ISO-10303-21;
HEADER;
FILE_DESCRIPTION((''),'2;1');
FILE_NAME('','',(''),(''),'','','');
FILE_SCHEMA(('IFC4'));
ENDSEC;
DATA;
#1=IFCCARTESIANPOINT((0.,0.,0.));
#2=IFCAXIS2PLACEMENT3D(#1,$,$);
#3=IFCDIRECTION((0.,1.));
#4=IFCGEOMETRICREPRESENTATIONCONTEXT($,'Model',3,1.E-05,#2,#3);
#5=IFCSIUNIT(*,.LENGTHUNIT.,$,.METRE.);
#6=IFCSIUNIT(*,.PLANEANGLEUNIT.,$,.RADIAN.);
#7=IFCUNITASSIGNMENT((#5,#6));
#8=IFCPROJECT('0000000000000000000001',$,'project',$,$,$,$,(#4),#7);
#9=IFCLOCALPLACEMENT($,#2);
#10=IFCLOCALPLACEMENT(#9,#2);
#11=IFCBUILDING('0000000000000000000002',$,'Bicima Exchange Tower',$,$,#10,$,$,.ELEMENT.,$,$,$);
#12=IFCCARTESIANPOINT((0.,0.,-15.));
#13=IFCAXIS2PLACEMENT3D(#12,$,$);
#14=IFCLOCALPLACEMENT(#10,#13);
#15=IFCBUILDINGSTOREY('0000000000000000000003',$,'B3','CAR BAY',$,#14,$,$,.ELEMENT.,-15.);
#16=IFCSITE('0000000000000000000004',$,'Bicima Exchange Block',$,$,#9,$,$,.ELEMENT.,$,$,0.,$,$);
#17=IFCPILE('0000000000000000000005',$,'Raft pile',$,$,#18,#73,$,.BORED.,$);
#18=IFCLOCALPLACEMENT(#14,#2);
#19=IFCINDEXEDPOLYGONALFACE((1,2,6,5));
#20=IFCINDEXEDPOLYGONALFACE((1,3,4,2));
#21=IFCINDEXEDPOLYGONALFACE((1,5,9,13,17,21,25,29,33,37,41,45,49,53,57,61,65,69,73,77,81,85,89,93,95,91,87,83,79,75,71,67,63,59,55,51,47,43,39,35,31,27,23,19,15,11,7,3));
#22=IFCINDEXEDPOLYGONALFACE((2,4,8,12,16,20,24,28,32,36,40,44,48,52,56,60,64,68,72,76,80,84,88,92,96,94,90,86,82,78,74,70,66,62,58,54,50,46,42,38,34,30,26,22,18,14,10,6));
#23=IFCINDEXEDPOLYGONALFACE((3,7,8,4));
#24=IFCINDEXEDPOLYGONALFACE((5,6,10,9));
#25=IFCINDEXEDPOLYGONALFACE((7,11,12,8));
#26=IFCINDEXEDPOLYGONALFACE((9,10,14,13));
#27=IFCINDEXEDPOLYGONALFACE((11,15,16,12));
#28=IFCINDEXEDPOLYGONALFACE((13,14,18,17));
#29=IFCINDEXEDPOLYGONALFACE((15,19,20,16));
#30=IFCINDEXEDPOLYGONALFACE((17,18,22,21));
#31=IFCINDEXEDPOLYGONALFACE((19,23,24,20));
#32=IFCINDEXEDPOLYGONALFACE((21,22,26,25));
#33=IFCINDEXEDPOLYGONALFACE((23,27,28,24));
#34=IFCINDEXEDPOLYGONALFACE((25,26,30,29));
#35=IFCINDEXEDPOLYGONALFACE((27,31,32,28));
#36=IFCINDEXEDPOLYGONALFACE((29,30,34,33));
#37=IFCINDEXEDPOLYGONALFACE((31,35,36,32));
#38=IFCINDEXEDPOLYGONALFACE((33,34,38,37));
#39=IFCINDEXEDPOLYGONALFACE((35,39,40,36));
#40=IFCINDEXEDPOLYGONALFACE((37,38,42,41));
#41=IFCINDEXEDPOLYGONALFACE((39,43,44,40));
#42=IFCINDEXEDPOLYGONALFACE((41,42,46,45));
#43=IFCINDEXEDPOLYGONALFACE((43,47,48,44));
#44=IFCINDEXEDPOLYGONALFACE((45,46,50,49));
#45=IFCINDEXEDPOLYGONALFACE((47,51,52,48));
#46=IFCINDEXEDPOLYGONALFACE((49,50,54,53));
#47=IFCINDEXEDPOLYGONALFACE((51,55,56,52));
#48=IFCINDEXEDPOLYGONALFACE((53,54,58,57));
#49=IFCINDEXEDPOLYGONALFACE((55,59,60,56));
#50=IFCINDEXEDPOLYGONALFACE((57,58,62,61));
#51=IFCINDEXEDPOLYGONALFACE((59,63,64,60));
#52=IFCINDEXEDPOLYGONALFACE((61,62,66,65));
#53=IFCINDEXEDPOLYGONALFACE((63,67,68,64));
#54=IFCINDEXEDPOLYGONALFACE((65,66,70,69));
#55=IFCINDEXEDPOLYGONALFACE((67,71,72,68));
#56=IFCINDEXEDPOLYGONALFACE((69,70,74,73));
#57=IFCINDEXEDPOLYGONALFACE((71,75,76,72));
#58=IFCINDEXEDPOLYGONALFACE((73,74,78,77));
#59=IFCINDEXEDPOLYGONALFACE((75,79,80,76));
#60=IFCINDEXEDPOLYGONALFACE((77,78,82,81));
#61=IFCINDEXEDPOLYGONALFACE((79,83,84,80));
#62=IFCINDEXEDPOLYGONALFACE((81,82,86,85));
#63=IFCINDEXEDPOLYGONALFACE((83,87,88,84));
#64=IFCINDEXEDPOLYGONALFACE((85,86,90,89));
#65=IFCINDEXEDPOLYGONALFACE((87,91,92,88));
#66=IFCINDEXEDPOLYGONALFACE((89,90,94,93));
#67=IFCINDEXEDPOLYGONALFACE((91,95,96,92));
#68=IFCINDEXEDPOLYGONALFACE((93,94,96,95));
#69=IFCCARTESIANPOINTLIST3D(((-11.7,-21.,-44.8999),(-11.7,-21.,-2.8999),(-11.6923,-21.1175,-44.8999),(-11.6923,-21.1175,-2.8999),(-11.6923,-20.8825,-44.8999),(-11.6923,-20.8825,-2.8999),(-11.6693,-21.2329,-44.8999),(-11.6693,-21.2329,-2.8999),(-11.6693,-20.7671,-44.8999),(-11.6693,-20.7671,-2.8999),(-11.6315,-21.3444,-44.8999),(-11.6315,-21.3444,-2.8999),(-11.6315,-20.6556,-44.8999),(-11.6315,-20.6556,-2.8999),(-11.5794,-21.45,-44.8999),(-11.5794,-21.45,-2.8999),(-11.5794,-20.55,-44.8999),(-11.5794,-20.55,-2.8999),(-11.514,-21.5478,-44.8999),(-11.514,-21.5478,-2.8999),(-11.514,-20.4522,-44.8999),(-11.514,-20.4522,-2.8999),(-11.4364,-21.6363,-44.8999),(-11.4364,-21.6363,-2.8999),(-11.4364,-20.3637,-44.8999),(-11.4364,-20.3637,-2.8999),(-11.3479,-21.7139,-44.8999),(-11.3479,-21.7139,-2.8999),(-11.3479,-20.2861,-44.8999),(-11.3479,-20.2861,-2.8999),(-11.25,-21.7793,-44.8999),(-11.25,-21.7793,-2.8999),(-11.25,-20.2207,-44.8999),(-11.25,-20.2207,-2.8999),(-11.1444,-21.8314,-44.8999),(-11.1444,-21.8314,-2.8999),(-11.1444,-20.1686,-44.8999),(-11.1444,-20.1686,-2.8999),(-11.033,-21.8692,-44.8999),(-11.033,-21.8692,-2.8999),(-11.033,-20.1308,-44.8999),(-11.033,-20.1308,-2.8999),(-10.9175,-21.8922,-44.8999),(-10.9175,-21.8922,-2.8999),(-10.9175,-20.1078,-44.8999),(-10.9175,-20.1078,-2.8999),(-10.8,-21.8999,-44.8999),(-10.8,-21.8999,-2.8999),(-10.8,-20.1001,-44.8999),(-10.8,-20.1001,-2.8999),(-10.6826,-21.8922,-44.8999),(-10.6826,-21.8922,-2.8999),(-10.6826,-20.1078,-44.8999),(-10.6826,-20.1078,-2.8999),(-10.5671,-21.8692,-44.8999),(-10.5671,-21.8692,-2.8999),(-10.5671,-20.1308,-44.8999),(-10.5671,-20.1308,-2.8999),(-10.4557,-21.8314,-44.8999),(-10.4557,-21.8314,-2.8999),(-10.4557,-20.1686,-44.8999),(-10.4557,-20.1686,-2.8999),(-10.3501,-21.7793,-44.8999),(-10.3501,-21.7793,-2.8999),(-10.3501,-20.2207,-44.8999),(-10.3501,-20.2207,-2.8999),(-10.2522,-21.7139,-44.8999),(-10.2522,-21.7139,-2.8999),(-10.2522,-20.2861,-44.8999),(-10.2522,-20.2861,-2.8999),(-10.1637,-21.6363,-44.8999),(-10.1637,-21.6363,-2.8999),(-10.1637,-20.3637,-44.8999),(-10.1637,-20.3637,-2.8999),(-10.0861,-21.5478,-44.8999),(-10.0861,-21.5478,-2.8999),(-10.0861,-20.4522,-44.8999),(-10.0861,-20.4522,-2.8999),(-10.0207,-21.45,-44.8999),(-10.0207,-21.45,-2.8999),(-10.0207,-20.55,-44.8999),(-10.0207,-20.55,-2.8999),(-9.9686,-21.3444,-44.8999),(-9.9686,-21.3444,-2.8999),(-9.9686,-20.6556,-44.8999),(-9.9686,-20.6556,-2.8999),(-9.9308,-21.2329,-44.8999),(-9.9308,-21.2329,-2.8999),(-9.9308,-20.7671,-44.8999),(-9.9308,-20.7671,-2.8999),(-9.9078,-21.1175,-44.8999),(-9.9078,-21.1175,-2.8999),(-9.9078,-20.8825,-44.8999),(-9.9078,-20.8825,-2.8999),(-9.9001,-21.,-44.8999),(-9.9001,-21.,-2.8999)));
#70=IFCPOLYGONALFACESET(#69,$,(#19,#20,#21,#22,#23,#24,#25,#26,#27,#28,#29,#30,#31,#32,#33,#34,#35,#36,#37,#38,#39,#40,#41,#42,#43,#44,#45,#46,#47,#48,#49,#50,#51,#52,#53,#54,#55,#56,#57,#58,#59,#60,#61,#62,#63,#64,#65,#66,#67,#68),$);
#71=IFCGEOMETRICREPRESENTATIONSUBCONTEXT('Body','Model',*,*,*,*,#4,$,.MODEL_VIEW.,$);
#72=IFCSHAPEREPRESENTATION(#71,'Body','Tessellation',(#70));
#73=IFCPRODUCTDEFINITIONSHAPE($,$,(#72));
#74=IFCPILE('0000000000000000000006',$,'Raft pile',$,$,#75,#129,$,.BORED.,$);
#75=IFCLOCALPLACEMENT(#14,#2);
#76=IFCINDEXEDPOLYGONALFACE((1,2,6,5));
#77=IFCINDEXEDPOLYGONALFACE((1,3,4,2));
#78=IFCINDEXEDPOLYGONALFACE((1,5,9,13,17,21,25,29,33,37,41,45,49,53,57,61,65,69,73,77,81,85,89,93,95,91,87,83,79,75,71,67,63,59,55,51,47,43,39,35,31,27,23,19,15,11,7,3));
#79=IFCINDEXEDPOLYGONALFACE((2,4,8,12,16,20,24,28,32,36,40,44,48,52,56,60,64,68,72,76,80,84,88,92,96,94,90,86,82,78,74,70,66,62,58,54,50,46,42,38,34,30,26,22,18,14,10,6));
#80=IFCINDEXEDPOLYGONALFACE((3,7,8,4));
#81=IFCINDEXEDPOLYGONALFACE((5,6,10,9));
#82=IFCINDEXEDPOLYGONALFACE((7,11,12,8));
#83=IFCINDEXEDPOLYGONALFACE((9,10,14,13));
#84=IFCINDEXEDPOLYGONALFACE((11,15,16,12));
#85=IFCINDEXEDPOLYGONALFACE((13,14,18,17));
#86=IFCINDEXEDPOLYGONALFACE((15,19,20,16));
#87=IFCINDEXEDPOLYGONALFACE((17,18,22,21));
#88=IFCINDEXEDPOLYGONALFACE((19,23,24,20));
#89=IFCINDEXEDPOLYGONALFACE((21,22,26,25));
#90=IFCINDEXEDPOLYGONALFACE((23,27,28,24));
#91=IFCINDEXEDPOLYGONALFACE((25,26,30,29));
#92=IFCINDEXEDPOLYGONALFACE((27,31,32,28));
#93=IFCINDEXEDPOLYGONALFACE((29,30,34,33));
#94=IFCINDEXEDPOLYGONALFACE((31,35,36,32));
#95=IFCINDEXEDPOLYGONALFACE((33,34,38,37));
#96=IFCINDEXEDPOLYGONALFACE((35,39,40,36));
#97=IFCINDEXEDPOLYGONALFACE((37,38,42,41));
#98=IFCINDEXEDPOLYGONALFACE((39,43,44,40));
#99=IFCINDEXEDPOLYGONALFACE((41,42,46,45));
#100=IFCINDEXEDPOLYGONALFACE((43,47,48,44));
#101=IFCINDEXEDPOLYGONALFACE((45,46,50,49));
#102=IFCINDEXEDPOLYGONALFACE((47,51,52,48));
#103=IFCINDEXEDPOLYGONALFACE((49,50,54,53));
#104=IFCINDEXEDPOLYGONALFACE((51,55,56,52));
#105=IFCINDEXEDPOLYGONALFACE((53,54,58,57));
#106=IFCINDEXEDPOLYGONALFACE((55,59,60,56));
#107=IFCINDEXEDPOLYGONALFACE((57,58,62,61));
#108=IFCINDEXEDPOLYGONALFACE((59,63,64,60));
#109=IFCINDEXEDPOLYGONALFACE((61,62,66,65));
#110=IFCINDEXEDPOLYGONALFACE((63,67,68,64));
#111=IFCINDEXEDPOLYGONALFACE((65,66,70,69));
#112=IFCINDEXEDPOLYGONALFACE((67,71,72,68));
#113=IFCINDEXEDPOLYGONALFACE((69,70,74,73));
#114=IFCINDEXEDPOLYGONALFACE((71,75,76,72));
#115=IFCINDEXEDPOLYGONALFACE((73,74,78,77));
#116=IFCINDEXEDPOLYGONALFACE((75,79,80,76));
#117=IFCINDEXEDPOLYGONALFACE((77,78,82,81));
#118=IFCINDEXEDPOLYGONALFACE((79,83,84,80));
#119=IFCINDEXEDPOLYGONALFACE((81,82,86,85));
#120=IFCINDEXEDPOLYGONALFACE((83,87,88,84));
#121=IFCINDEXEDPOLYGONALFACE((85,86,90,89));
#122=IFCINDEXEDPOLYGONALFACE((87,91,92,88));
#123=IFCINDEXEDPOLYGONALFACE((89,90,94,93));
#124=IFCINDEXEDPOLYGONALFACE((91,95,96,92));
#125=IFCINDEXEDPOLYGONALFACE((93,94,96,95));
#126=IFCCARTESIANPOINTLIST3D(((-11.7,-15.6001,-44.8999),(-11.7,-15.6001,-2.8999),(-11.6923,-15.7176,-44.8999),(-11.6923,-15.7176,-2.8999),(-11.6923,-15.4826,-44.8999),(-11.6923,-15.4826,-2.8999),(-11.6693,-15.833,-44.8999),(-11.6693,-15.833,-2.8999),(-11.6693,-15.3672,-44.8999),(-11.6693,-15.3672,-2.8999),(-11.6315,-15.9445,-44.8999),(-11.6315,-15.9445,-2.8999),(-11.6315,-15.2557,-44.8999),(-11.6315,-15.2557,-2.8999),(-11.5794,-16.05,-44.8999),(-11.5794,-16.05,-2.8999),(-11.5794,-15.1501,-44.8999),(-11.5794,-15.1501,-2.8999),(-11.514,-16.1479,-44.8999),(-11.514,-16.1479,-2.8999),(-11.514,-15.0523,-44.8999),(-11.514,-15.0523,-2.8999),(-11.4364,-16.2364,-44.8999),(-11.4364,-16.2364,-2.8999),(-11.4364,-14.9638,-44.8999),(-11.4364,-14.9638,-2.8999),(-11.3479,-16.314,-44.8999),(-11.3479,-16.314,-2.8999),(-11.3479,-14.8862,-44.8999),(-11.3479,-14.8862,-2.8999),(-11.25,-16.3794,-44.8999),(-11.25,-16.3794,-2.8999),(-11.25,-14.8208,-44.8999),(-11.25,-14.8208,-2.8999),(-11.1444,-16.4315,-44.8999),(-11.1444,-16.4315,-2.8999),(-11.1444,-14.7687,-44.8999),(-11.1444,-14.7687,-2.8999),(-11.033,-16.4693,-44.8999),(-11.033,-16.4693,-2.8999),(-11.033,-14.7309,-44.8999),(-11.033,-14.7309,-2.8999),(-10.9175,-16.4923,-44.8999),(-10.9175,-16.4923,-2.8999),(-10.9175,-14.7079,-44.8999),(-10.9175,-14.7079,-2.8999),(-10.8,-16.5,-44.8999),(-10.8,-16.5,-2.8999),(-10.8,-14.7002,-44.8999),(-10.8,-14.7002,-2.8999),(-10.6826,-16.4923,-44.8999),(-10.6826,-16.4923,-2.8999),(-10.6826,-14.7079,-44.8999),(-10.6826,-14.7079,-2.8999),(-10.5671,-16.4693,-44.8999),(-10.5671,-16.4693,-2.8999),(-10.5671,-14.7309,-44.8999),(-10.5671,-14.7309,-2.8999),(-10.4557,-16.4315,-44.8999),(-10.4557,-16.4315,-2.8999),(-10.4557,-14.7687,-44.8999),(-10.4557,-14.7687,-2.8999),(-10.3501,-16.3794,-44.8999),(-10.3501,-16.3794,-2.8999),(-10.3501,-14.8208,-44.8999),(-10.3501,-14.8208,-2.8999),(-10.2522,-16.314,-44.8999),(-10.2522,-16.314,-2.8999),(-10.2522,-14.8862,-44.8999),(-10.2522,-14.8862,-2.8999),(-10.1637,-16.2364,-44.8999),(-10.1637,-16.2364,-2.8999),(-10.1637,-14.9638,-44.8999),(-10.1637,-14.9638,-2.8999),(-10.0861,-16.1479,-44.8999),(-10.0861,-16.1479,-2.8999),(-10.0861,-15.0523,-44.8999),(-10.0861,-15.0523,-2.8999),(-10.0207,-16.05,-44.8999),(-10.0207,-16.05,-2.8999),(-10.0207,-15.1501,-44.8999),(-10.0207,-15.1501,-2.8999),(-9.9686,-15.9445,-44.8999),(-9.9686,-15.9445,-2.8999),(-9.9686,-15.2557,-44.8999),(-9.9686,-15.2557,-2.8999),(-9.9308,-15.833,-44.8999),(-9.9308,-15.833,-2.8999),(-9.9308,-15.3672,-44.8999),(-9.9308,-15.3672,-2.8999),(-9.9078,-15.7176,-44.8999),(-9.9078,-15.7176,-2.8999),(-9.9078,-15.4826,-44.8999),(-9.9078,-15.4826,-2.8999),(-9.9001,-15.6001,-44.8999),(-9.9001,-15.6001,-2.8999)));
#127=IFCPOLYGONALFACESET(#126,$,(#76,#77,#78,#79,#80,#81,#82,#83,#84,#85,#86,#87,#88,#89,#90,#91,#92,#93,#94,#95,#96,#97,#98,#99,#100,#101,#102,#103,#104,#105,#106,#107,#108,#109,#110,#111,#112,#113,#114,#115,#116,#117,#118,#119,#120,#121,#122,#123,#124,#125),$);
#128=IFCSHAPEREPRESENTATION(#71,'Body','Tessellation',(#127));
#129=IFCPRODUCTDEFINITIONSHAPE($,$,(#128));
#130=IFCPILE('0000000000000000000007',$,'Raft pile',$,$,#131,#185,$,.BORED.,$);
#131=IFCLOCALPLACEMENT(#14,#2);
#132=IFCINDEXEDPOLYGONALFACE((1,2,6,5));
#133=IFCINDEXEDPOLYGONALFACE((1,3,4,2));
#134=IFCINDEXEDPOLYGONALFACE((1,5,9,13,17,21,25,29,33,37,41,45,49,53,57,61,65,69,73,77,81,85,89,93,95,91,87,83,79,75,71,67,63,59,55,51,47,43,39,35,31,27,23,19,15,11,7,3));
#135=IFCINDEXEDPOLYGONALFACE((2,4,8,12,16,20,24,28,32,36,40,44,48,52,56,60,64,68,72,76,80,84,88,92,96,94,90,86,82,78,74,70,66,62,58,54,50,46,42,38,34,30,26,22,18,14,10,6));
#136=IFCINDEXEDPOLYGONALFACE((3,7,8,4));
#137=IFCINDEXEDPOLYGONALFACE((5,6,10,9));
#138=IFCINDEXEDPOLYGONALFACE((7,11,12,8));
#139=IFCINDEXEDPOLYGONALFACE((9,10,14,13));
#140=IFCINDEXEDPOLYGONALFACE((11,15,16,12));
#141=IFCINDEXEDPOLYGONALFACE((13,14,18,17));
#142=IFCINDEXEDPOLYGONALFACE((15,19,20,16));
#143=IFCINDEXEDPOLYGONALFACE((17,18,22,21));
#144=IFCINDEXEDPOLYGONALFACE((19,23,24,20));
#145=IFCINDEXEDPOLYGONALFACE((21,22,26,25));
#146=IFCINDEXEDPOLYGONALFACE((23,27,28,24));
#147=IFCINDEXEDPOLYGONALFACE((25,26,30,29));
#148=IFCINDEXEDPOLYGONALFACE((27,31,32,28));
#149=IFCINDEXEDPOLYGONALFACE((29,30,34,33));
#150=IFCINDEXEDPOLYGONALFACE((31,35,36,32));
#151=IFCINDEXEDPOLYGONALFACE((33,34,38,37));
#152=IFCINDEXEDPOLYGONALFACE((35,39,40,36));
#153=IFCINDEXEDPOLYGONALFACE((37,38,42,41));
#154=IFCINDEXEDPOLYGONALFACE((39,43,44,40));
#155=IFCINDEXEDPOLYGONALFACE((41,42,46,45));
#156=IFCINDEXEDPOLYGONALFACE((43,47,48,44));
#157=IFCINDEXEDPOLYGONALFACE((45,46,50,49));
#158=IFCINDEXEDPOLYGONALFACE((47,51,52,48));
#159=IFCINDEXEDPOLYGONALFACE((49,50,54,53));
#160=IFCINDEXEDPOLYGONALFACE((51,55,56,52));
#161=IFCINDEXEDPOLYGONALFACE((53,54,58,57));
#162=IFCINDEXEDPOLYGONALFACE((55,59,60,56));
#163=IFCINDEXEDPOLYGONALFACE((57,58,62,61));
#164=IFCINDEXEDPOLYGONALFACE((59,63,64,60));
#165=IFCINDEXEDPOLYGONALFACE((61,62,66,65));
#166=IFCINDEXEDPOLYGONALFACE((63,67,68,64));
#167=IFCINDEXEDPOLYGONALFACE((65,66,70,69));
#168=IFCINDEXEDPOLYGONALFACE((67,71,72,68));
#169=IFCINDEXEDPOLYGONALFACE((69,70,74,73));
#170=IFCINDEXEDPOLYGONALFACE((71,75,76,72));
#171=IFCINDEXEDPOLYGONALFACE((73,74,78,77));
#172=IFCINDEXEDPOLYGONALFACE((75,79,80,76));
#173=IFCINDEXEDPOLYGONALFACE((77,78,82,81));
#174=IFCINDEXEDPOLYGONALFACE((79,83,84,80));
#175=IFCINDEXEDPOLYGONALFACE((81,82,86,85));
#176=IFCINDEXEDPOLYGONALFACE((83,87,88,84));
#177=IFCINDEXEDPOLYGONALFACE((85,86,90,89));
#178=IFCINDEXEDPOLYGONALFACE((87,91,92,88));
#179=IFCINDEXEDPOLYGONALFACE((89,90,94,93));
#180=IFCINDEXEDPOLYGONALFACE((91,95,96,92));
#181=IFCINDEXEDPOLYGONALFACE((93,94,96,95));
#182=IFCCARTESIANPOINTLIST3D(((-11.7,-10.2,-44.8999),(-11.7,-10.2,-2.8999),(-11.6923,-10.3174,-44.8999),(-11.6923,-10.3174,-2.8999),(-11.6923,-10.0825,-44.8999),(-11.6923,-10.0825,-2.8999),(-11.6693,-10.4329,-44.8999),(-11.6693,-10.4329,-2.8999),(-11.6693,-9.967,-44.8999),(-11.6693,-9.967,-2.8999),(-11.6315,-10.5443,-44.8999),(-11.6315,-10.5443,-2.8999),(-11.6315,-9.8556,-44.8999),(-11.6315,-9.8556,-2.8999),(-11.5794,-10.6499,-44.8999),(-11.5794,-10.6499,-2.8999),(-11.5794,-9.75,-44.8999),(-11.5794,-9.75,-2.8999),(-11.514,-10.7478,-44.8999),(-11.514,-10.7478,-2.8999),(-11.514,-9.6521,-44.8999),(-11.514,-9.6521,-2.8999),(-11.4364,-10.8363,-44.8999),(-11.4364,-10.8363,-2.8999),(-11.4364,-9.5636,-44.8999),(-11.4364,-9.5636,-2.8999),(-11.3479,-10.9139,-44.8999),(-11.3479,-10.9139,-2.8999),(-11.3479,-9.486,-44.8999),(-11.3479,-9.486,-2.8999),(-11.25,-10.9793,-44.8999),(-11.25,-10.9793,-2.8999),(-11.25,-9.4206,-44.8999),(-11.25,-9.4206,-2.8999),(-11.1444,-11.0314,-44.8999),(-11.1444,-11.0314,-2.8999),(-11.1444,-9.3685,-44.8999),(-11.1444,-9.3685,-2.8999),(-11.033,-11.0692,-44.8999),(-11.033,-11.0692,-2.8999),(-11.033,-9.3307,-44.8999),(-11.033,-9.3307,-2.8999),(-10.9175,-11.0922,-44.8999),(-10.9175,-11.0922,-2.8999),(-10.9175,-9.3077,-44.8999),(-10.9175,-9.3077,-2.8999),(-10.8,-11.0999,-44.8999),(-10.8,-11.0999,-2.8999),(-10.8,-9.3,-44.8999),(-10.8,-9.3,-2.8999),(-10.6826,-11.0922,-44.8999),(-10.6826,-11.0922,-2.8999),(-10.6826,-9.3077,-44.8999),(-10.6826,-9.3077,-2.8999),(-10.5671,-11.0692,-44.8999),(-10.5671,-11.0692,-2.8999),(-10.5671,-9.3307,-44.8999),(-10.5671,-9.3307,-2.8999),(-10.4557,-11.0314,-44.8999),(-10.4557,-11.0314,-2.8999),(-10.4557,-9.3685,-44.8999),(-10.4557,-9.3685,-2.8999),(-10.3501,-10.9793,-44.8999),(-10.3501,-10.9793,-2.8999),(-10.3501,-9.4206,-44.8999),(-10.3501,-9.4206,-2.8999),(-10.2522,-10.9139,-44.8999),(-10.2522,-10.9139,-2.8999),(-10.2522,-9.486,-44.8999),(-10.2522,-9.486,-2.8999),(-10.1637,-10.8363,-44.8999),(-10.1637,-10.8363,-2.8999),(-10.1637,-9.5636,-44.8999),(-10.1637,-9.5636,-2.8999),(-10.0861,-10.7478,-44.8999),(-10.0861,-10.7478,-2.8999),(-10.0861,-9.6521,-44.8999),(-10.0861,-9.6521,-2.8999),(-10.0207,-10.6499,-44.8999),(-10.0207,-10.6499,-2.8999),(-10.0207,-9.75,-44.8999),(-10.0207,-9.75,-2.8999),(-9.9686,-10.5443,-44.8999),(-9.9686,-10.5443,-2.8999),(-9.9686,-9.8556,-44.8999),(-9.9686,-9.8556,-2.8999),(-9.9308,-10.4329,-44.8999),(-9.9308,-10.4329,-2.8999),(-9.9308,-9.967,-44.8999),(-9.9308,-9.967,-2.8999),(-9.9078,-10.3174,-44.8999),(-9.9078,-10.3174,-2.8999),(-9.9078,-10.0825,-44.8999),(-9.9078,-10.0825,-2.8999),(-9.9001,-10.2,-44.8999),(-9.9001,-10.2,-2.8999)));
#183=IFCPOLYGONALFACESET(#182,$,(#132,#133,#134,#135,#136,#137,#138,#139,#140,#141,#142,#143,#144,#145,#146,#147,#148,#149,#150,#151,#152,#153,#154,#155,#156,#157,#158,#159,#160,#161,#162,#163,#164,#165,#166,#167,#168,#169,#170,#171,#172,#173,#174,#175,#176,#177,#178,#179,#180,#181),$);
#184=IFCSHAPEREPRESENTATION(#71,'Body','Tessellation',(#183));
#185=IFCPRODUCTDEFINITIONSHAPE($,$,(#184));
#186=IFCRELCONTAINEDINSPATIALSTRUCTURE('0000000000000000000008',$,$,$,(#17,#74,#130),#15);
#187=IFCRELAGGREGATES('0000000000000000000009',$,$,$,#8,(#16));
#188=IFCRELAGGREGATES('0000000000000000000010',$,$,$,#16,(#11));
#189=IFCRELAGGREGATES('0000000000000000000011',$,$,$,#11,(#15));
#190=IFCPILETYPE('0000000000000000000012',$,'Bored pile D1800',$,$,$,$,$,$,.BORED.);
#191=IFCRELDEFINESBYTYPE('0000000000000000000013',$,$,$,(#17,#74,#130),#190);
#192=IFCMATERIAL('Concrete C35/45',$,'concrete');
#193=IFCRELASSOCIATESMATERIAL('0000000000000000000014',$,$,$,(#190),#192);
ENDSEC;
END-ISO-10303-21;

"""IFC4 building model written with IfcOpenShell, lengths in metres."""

from ifc_helpers import new_model, si_unit, direction, frame, origin, origin_2d, place, context, subcontext, project, spatial, circle, extrude, material, material_profile, profile_set, type_object, element, save


model = new_model("IFC4")

# Units and contexts
model_context = context("Model", 3, precision=1e-05, world=origin(), true_north=direction((0.0, 1.0)))
body_context = subcontext(model_context, "Body", "Model", "MODEL_VIEW")
ifc_project = project(units=[si_unit("LENGTHUNIT", "METRE"), si_unit("PLANEANGLEUNIT", "RADIAN")], contexts=[model_context])

# Site, building, storey
site_placement = place(None, origin())
site = spatial("IfcSite", under=ifc_project, at=site_placement, Name="Bicima Exchange Block", CompositionType="ELEMENT", RefElevation=0.0)
building_placement = place(site_placement, origin())
building = spatial("IfcBuilding", under=site, at=building_placement, Name="Bicima Exchange Tower", CompositionType="ELEMENT")
storey_placement = place(building_placement, frame((0.0, 0.0, -15.0)))
storey = spatial("IfcBuildingStorey", under=building, at=storey_placement, Name="B3", Description="CAR BAY", CompositionType="ELEMENT", Elevation=-15.0)

# Piles
ifc_material_1 = material(Name="Concrete C35/45", Category="concrete")
ifc_material_profile = material_profile(ifc_material_1, circle(Radius=0.8999, at=origin_2d()))
ifc_profile_set = profile_set([ifc_material_profile], Name="Concrete C35/45")
pile_type = type_object("IfcPileType", Name="Bored pile D1800", PredefinedType="BORED", material=ifc_profile_set)
for number, where, z_axis, x_axis, name in (
    (1, (-10.8, -21.0, -2.8999), (0.0, 0.0, -1.0), (1.0, 0.0, 0.0), "Raft pile"),
    (2, (-10.8, -15.6001, -2.8999), (0.0, 0.0, -1.0), (1.0, 0.0, 0.0), "Raft pile"),
    (3, (-10.8, -10.2, -2.8999), (0.0, 0.0, -1.0), (1.0, 0.0, 0.0), "Raft pile"),
):
    element("IfcPile", number, at=place(storey_placement, frame(where, z_axis=z_axis, x_axis=x_axis)), inside=storey, type_object=pile_type, Name=name, PredefinedType="BORED", context=body_context, shape_type="SweptSolid", body=[
        extrude(circle(Radius=0.8999, at=origin_2d()), origin(), (0.0, 0.0, 1.0), 42.0),
    ])

save(model, "model.ifc")
